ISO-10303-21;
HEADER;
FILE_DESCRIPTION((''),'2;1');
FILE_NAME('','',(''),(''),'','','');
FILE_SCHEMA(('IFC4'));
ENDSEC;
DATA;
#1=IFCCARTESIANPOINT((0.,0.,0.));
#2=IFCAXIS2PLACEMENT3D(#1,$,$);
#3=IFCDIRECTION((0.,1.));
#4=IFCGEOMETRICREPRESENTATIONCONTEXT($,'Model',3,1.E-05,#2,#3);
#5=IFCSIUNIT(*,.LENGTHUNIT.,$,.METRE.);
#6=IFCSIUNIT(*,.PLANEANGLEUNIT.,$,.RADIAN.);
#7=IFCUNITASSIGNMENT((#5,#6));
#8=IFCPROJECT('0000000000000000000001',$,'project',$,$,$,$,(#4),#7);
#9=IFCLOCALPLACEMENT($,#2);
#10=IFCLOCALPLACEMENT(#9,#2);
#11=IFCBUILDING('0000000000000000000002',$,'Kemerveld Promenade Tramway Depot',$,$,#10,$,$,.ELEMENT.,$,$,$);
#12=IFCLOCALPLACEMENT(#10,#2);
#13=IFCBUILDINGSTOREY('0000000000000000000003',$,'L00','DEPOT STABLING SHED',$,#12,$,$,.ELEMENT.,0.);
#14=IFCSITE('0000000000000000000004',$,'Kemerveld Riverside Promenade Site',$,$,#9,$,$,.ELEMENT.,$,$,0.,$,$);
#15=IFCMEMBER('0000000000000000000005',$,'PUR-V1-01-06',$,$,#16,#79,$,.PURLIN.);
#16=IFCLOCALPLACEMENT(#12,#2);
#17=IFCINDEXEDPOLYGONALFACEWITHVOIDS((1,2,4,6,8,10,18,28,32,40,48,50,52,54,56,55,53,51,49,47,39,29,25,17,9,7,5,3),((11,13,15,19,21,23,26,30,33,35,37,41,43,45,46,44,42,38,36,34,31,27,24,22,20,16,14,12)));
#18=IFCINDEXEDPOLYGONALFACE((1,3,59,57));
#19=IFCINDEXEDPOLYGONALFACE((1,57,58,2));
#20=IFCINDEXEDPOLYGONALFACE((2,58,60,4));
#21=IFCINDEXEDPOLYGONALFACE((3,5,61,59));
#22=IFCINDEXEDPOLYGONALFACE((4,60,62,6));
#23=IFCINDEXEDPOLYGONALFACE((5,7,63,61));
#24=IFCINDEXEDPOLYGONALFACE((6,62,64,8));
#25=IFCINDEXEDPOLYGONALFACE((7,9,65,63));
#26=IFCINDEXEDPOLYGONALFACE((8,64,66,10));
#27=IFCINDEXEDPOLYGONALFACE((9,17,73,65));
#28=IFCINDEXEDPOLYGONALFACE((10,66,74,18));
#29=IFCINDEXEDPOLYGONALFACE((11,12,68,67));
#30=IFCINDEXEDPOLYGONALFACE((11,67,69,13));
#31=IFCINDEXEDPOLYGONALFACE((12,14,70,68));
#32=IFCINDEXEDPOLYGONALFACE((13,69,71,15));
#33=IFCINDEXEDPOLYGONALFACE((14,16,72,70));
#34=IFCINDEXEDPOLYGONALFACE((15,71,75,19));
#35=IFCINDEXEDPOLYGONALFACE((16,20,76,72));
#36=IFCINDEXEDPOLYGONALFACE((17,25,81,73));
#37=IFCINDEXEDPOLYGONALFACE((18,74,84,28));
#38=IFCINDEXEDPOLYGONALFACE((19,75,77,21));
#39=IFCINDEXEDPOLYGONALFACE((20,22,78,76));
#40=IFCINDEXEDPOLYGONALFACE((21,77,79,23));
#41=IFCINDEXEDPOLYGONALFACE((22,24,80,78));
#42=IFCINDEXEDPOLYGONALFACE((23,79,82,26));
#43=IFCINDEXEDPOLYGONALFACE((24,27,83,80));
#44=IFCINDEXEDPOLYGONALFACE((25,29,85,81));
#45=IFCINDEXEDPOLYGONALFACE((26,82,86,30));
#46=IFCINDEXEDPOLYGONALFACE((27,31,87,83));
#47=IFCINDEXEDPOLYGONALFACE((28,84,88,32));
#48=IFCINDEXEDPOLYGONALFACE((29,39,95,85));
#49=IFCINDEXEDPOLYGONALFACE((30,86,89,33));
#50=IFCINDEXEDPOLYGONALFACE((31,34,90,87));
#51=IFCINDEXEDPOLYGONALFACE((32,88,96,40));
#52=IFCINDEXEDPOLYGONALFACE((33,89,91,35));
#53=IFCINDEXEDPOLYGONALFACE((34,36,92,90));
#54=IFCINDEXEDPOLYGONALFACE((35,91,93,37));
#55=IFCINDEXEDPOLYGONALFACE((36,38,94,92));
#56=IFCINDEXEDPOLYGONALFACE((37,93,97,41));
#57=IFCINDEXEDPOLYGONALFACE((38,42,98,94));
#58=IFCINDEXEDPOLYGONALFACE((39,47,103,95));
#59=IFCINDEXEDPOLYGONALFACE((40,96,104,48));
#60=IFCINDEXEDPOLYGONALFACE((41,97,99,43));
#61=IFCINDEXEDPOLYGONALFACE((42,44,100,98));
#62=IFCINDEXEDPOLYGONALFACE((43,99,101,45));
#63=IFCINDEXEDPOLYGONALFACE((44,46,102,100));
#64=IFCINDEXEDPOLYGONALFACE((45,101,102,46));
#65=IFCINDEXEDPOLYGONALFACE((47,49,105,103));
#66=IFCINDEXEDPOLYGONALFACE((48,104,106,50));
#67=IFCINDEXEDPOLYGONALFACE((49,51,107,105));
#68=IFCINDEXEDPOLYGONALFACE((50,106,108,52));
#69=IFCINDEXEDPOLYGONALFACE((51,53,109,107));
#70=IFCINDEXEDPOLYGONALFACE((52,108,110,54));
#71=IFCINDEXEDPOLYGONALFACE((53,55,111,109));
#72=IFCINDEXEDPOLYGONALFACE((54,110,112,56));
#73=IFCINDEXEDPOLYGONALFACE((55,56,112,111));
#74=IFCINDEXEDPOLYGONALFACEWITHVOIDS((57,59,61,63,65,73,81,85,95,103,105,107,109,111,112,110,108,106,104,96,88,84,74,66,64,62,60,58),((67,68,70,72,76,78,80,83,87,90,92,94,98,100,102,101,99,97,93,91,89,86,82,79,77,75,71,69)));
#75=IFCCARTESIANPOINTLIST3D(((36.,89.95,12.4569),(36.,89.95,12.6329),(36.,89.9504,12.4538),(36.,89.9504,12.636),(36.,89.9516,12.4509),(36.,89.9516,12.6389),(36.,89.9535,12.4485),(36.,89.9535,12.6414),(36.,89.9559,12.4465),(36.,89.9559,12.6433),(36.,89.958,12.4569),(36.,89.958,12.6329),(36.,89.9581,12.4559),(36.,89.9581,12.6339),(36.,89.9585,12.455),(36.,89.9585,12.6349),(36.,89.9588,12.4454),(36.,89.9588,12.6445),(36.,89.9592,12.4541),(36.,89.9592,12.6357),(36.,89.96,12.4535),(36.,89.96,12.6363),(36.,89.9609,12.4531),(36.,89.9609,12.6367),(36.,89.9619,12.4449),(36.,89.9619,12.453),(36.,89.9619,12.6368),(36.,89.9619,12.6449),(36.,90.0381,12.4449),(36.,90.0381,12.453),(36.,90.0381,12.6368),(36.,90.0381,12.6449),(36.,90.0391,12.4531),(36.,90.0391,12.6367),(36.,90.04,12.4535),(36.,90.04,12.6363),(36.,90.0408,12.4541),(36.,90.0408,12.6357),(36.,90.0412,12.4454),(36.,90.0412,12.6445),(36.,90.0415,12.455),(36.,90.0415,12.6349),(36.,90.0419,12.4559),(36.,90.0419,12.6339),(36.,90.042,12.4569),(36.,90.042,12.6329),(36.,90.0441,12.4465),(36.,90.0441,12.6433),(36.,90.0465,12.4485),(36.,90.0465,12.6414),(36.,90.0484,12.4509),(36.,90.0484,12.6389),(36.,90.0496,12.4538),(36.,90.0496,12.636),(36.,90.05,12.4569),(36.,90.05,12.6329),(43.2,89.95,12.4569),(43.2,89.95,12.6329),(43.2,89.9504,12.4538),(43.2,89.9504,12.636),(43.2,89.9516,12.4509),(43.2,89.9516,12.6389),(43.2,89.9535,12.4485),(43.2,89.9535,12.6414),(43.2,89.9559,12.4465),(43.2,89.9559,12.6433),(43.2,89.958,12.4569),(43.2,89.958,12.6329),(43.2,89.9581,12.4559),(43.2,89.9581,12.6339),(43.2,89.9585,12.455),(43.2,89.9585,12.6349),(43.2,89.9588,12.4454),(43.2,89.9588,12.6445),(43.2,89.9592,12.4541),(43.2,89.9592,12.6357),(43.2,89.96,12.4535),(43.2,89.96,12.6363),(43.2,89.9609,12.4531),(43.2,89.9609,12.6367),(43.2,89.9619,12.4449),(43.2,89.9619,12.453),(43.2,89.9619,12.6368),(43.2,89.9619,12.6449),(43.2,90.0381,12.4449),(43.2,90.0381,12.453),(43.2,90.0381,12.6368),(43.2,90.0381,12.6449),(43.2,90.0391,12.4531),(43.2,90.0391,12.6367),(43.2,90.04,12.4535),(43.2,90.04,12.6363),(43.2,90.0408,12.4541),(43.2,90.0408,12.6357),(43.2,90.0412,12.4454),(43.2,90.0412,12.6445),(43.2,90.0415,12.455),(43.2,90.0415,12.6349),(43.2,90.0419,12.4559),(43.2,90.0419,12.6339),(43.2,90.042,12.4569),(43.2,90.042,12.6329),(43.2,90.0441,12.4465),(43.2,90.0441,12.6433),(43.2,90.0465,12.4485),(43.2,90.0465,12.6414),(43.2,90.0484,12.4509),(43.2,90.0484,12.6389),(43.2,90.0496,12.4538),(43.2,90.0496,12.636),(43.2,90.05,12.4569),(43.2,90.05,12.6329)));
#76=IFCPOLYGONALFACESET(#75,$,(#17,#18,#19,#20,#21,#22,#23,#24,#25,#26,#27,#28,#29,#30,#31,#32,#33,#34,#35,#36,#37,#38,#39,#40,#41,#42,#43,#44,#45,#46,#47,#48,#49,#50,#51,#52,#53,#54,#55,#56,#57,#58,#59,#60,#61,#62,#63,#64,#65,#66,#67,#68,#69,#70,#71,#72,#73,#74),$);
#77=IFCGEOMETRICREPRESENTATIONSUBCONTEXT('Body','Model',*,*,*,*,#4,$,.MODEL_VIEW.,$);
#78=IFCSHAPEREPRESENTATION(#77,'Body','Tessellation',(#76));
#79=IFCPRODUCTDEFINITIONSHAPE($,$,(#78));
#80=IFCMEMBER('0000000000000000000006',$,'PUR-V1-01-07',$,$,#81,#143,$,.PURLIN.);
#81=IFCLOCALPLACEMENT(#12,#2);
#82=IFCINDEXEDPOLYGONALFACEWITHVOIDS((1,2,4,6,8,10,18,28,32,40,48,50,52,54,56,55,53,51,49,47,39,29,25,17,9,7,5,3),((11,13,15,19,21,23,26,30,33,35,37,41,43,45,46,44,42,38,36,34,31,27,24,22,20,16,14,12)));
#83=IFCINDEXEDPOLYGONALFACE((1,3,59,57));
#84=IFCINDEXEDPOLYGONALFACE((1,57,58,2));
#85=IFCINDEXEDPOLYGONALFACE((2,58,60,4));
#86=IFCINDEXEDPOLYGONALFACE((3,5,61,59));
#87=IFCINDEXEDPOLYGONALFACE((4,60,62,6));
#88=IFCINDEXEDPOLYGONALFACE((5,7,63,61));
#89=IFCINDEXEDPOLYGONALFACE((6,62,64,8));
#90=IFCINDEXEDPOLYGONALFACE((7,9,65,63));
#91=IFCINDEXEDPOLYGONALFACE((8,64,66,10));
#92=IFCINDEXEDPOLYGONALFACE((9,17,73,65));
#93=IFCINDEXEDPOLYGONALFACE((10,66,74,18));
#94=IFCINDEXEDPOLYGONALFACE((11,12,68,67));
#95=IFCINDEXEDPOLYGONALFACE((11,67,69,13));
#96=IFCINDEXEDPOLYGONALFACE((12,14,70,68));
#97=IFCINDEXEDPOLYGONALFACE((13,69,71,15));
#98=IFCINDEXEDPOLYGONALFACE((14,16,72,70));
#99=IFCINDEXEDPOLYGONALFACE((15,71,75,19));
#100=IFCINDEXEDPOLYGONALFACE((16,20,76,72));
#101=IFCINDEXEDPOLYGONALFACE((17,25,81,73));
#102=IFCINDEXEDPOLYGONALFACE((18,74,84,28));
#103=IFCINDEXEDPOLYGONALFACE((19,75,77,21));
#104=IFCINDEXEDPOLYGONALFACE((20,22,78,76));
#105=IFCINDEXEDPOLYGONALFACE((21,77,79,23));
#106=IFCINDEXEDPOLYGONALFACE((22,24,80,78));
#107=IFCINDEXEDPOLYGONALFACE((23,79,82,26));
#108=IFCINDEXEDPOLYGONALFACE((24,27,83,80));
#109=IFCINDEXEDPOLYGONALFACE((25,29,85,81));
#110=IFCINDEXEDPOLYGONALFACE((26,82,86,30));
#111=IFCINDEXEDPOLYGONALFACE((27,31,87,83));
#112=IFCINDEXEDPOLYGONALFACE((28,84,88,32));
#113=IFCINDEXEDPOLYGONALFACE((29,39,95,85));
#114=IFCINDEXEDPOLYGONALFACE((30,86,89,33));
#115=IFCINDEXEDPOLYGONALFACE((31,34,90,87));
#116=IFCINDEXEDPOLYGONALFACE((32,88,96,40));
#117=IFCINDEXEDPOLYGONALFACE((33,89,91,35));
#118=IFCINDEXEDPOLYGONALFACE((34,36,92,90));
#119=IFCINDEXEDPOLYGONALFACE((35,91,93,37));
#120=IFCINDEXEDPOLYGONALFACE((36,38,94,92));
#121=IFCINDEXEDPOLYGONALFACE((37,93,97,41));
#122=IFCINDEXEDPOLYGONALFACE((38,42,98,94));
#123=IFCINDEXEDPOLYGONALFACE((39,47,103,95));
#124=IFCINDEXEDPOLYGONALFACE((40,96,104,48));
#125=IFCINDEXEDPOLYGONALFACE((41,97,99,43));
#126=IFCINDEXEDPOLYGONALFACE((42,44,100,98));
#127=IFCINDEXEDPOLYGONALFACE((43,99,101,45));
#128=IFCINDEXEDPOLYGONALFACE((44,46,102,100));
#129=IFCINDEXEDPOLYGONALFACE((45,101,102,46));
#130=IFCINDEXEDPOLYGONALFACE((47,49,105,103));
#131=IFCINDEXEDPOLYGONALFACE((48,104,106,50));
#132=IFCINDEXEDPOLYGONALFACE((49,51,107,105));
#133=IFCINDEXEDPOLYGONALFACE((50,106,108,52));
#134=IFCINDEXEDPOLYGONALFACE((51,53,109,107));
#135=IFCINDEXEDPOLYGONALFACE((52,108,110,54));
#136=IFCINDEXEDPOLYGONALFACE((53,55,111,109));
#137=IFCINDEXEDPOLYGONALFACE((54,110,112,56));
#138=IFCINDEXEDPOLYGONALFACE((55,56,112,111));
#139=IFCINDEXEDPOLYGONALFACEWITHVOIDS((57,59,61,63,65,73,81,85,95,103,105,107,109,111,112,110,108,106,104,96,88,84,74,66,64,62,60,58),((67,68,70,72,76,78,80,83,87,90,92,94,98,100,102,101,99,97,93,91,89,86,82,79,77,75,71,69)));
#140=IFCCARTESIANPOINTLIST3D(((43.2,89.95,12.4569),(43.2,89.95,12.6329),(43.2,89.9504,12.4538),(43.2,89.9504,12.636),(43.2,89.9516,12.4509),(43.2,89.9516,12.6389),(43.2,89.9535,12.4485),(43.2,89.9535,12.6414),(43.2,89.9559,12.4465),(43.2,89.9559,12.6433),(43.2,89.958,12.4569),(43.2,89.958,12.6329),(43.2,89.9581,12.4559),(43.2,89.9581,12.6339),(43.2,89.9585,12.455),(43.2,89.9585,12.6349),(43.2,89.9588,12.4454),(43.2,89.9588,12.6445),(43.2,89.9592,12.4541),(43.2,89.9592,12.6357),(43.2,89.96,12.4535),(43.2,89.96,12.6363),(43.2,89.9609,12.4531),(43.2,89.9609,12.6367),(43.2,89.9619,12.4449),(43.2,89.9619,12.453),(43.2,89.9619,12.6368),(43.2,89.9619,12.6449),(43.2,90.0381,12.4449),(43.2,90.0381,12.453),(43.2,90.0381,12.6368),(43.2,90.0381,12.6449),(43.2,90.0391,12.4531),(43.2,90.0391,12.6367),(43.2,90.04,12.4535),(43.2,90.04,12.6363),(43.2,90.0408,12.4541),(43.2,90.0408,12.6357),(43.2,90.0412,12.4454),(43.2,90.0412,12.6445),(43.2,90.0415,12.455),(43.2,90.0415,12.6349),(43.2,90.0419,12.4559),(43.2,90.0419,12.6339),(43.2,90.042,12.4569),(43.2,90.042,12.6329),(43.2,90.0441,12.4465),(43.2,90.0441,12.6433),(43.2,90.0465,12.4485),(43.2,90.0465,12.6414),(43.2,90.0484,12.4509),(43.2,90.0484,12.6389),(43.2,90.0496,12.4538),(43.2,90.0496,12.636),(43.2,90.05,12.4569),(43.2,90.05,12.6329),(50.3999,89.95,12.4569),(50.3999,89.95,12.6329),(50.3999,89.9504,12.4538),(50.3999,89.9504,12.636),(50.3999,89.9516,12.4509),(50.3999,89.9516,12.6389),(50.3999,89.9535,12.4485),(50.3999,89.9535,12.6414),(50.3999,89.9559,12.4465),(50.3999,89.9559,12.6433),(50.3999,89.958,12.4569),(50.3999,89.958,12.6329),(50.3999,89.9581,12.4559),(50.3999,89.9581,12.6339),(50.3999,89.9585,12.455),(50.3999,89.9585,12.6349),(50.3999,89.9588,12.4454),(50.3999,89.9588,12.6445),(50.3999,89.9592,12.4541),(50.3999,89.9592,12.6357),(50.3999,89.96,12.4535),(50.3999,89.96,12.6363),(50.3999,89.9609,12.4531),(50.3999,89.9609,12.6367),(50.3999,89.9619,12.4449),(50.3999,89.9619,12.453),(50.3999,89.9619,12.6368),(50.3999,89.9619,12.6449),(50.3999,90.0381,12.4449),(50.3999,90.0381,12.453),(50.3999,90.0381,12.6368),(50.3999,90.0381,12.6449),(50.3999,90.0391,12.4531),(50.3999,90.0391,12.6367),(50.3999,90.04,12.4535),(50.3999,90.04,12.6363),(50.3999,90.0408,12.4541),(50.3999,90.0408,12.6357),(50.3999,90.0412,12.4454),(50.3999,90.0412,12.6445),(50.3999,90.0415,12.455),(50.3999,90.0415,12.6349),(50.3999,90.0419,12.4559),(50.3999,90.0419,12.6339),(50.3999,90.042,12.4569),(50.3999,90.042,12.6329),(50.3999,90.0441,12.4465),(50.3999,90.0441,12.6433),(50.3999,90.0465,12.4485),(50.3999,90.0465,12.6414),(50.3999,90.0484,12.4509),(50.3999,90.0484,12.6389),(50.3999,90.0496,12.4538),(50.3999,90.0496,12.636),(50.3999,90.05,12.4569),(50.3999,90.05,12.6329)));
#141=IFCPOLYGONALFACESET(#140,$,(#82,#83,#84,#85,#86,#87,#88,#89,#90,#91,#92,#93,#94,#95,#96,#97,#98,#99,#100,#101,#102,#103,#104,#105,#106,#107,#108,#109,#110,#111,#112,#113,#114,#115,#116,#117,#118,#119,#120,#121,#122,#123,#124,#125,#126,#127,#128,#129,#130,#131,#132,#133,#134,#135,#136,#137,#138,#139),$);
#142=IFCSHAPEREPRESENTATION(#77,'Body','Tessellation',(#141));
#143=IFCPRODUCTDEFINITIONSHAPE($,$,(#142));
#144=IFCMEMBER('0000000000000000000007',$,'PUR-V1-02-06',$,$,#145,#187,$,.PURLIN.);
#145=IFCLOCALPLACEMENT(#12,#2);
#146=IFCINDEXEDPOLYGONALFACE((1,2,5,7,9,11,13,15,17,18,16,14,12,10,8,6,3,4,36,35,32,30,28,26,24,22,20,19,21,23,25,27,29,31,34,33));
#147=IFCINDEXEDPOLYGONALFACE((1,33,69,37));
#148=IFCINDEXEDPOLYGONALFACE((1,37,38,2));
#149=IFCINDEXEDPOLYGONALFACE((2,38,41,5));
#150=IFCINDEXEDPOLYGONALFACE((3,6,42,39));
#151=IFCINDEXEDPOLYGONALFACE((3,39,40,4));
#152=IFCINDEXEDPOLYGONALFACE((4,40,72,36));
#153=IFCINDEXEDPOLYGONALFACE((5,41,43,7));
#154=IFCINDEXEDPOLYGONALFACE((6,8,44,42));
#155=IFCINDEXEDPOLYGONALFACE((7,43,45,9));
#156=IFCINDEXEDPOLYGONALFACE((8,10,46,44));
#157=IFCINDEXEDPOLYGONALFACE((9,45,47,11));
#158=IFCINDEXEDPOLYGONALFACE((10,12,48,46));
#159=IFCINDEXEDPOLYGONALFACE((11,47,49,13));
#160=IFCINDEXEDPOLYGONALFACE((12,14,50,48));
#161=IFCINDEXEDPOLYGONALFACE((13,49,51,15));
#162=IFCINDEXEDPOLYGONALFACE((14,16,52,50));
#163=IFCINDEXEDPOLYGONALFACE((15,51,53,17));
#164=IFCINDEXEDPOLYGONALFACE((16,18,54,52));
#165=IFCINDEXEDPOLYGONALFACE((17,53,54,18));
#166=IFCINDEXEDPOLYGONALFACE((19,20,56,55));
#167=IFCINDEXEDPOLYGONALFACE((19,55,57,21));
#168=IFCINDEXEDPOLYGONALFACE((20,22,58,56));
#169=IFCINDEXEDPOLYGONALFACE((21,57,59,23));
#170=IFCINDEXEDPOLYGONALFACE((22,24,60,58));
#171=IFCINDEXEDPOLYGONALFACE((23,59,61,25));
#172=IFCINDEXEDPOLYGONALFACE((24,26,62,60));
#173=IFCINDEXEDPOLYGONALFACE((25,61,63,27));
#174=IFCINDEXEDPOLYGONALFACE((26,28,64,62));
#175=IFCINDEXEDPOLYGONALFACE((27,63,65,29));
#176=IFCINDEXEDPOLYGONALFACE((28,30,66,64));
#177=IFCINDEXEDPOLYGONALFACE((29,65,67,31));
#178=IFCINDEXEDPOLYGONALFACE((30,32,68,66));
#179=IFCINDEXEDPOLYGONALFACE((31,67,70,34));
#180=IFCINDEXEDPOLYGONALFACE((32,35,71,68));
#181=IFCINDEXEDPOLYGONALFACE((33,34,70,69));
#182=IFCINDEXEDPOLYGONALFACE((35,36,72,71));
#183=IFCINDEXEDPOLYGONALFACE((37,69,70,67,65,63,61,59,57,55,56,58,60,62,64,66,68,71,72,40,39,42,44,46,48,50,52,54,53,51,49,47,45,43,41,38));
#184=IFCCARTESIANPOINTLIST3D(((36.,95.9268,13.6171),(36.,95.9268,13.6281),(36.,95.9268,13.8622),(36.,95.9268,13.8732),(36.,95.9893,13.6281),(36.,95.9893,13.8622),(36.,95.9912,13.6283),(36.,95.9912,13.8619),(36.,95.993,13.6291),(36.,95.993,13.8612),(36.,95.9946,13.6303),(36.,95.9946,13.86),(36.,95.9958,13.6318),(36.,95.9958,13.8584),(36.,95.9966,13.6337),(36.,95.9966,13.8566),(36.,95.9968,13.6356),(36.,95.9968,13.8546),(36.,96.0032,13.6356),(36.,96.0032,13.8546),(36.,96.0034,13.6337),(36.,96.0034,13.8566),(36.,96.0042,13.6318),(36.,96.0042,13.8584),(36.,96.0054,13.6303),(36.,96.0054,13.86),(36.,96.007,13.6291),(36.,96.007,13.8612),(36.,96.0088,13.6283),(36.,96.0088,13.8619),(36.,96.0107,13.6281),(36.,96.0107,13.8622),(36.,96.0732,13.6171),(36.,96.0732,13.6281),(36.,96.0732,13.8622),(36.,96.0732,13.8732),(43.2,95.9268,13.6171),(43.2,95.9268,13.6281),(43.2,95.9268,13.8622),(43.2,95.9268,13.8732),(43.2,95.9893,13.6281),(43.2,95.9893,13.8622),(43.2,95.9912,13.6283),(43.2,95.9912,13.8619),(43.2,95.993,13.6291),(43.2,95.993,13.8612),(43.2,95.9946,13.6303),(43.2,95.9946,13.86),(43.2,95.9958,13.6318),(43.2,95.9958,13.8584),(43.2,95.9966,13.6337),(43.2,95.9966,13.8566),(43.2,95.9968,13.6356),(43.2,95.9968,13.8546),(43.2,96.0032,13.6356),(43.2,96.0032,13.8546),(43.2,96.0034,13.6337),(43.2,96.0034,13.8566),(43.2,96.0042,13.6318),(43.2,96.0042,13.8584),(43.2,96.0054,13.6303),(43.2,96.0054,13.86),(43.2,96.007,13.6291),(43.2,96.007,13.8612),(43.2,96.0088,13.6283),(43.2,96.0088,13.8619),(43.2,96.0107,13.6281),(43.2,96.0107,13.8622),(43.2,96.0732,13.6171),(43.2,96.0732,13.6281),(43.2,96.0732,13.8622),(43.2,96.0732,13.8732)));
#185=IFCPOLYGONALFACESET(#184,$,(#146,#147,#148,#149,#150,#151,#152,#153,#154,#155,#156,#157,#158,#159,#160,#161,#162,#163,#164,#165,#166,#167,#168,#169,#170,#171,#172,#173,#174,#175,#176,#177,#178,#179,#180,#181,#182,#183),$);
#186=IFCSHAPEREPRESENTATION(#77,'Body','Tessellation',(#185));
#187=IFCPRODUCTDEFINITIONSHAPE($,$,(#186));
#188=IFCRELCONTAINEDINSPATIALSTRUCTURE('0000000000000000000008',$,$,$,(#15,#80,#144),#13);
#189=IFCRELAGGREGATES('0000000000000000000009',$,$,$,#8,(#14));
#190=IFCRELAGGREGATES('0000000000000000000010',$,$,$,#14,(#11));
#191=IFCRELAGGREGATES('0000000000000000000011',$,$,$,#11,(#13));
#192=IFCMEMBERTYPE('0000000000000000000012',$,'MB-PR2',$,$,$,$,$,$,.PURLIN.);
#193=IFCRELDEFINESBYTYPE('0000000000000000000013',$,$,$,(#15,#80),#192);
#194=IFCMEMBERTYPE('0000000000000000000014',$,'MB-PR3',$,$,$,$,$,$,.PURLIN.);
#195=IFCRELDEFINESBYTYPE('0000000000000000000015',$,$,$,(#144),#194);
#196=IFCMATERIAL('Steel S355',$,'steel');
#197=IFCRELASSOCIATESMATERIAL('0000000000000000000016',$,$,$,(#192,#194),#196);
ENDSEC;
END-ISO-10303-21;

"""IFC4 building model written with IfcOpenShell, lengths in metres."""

from ifc_helpers import new_model, si_unit, direction, frame, origin, origin_2d, place, context, subcontext, project, spatial, hollow_rectangle, i_section, extrude, material, material_profile, profile_set, type_object, element, save


model = new_model("IFC4")

# Units and contexts
model_context = context("Model", 3, precision=1e-05, world=origin(), true_north=direction((0.0, 1.0)))
body_context = subcontext(model_context, "Body", "Model", "MODEL_VIEW")
ifc_project = project(units=[si_unit("LENGTHUNIT", "METRE"), si_unit("PLANEANGLEUNIT", "RADIAN")], contexts=[model_context])

# Site, building, storey
site_placement = place(None, origin())
site = spatial("IfcSite", under=ifc_project, at=site_placement, Name="Kemerveld Riverside Promenade Site", CompositionType="ELEMENT", RefElevation=0.0)
building_placement = place(site_placement, origin())
building = spatial("IfcBuilding", under=site, at=building_placement, Name="Kemerveld Promenade Tramway Depot", CompositionType="ELEMENT")
storey_placement = place(building_placement, origin())
storey = spatial("IfcBuildingStorey", under=building, at=storey_placement, Name="L00", Description="DEPOT STABLING SHED", CompositionType="ELEMENT", Elevation=0.0)

# Shared definitions
ifc_material_1 = material(Name="Steel S355", Category="steel")

# Members
ifc_material_profile_1 = material_profile(ifc_material_1, hollow_rectangle(XDim=0.1001, YDim=0.2, WallThickness=0.0081, InnerFilletRadius=0.0039, OuterFilletRadius=0.012, at=origin_2d()), Name="200x100x8.0 RHS")
ifc_profile_set_1 = profile_set([ifc_material_profile_1], Name="Steel S355")
member_type_1 = type_object("IfcMemberType", Name="MB-PR2", PredefinedType="PURLIN", material=ifc_profile_set_1)
for number, where, z_axis, x_axis, name in (
    (1, (36.0, 90.0, 12.5449), (1.0, 0.0, 0.0), (0.0, 1.0, 0.0), "PUR-V1-01-06"),
    (2, (43.2, 90.0, 12.5449), (1.0, 0.0, 0.0), (0.0, 1.0, 0.0), "PUR-V1-01-07"),
):
    element("IfcMember", number, at=place(storey_placement, frame(where, z_axis=z_axis, x_axis=x_axis)), inside=storey, type_object=member_type_1, Name=name, PredefinedType="PURLIN", context=body_context, shape_type="SweptSolid", body=[
        extrude(hollow_rectangle(XDim=0.1001, YDim=0.2, WallThickness=0.0081, InnerFilletRadius=0.0039, OuterFilletRadius=0.012, at=origin_2d()), origin(), (0.0, 0.0, 1.0), 7.2),
    ])
ifc_material_profile_2 = material_profile(ifc_material_1, i_section(OverallWidth=0.1465, OverallDepth=0.2561, WebThickness=0.0063, FlangeThickness=0.011, FilletRadius=0.0076, at=origin_2d()), Name="254x146x37 UB")
ifc_profile_set_2 = profile_set([ifc_material_profile_2], Name="Steel S355")
member_type_2 = type_object("IfcMemberType", Name="MB-PR3", PredefinedType="PURLIN", material=ifc_profile_set_2)
member_1_placement = place(storey_placement, frame((36.0, 96.0, 13.7451), z_axis=(1.0, 0.0, 0.0), x_axis=(0.0, 1.0, 0.0)))
element("IfcMember", 3, at=member_1_placement, inside=storey, type_object=member_type_2, Name="PUR-V1-02-06", PredefinedType="PURLIN", context=body_context, shape_type="SweptSolid", body=[
    extrude(i_section(OverallWidth=0.1465, OverallDepth=0.2561, WebThickness=0.0063, FlangeThickness=0.011, FilletRadius=0.0076, at=origin_2d()), origin(), (0.0, 0.0, 1.0), 7.2),
])

save(model, "model.ifc")
